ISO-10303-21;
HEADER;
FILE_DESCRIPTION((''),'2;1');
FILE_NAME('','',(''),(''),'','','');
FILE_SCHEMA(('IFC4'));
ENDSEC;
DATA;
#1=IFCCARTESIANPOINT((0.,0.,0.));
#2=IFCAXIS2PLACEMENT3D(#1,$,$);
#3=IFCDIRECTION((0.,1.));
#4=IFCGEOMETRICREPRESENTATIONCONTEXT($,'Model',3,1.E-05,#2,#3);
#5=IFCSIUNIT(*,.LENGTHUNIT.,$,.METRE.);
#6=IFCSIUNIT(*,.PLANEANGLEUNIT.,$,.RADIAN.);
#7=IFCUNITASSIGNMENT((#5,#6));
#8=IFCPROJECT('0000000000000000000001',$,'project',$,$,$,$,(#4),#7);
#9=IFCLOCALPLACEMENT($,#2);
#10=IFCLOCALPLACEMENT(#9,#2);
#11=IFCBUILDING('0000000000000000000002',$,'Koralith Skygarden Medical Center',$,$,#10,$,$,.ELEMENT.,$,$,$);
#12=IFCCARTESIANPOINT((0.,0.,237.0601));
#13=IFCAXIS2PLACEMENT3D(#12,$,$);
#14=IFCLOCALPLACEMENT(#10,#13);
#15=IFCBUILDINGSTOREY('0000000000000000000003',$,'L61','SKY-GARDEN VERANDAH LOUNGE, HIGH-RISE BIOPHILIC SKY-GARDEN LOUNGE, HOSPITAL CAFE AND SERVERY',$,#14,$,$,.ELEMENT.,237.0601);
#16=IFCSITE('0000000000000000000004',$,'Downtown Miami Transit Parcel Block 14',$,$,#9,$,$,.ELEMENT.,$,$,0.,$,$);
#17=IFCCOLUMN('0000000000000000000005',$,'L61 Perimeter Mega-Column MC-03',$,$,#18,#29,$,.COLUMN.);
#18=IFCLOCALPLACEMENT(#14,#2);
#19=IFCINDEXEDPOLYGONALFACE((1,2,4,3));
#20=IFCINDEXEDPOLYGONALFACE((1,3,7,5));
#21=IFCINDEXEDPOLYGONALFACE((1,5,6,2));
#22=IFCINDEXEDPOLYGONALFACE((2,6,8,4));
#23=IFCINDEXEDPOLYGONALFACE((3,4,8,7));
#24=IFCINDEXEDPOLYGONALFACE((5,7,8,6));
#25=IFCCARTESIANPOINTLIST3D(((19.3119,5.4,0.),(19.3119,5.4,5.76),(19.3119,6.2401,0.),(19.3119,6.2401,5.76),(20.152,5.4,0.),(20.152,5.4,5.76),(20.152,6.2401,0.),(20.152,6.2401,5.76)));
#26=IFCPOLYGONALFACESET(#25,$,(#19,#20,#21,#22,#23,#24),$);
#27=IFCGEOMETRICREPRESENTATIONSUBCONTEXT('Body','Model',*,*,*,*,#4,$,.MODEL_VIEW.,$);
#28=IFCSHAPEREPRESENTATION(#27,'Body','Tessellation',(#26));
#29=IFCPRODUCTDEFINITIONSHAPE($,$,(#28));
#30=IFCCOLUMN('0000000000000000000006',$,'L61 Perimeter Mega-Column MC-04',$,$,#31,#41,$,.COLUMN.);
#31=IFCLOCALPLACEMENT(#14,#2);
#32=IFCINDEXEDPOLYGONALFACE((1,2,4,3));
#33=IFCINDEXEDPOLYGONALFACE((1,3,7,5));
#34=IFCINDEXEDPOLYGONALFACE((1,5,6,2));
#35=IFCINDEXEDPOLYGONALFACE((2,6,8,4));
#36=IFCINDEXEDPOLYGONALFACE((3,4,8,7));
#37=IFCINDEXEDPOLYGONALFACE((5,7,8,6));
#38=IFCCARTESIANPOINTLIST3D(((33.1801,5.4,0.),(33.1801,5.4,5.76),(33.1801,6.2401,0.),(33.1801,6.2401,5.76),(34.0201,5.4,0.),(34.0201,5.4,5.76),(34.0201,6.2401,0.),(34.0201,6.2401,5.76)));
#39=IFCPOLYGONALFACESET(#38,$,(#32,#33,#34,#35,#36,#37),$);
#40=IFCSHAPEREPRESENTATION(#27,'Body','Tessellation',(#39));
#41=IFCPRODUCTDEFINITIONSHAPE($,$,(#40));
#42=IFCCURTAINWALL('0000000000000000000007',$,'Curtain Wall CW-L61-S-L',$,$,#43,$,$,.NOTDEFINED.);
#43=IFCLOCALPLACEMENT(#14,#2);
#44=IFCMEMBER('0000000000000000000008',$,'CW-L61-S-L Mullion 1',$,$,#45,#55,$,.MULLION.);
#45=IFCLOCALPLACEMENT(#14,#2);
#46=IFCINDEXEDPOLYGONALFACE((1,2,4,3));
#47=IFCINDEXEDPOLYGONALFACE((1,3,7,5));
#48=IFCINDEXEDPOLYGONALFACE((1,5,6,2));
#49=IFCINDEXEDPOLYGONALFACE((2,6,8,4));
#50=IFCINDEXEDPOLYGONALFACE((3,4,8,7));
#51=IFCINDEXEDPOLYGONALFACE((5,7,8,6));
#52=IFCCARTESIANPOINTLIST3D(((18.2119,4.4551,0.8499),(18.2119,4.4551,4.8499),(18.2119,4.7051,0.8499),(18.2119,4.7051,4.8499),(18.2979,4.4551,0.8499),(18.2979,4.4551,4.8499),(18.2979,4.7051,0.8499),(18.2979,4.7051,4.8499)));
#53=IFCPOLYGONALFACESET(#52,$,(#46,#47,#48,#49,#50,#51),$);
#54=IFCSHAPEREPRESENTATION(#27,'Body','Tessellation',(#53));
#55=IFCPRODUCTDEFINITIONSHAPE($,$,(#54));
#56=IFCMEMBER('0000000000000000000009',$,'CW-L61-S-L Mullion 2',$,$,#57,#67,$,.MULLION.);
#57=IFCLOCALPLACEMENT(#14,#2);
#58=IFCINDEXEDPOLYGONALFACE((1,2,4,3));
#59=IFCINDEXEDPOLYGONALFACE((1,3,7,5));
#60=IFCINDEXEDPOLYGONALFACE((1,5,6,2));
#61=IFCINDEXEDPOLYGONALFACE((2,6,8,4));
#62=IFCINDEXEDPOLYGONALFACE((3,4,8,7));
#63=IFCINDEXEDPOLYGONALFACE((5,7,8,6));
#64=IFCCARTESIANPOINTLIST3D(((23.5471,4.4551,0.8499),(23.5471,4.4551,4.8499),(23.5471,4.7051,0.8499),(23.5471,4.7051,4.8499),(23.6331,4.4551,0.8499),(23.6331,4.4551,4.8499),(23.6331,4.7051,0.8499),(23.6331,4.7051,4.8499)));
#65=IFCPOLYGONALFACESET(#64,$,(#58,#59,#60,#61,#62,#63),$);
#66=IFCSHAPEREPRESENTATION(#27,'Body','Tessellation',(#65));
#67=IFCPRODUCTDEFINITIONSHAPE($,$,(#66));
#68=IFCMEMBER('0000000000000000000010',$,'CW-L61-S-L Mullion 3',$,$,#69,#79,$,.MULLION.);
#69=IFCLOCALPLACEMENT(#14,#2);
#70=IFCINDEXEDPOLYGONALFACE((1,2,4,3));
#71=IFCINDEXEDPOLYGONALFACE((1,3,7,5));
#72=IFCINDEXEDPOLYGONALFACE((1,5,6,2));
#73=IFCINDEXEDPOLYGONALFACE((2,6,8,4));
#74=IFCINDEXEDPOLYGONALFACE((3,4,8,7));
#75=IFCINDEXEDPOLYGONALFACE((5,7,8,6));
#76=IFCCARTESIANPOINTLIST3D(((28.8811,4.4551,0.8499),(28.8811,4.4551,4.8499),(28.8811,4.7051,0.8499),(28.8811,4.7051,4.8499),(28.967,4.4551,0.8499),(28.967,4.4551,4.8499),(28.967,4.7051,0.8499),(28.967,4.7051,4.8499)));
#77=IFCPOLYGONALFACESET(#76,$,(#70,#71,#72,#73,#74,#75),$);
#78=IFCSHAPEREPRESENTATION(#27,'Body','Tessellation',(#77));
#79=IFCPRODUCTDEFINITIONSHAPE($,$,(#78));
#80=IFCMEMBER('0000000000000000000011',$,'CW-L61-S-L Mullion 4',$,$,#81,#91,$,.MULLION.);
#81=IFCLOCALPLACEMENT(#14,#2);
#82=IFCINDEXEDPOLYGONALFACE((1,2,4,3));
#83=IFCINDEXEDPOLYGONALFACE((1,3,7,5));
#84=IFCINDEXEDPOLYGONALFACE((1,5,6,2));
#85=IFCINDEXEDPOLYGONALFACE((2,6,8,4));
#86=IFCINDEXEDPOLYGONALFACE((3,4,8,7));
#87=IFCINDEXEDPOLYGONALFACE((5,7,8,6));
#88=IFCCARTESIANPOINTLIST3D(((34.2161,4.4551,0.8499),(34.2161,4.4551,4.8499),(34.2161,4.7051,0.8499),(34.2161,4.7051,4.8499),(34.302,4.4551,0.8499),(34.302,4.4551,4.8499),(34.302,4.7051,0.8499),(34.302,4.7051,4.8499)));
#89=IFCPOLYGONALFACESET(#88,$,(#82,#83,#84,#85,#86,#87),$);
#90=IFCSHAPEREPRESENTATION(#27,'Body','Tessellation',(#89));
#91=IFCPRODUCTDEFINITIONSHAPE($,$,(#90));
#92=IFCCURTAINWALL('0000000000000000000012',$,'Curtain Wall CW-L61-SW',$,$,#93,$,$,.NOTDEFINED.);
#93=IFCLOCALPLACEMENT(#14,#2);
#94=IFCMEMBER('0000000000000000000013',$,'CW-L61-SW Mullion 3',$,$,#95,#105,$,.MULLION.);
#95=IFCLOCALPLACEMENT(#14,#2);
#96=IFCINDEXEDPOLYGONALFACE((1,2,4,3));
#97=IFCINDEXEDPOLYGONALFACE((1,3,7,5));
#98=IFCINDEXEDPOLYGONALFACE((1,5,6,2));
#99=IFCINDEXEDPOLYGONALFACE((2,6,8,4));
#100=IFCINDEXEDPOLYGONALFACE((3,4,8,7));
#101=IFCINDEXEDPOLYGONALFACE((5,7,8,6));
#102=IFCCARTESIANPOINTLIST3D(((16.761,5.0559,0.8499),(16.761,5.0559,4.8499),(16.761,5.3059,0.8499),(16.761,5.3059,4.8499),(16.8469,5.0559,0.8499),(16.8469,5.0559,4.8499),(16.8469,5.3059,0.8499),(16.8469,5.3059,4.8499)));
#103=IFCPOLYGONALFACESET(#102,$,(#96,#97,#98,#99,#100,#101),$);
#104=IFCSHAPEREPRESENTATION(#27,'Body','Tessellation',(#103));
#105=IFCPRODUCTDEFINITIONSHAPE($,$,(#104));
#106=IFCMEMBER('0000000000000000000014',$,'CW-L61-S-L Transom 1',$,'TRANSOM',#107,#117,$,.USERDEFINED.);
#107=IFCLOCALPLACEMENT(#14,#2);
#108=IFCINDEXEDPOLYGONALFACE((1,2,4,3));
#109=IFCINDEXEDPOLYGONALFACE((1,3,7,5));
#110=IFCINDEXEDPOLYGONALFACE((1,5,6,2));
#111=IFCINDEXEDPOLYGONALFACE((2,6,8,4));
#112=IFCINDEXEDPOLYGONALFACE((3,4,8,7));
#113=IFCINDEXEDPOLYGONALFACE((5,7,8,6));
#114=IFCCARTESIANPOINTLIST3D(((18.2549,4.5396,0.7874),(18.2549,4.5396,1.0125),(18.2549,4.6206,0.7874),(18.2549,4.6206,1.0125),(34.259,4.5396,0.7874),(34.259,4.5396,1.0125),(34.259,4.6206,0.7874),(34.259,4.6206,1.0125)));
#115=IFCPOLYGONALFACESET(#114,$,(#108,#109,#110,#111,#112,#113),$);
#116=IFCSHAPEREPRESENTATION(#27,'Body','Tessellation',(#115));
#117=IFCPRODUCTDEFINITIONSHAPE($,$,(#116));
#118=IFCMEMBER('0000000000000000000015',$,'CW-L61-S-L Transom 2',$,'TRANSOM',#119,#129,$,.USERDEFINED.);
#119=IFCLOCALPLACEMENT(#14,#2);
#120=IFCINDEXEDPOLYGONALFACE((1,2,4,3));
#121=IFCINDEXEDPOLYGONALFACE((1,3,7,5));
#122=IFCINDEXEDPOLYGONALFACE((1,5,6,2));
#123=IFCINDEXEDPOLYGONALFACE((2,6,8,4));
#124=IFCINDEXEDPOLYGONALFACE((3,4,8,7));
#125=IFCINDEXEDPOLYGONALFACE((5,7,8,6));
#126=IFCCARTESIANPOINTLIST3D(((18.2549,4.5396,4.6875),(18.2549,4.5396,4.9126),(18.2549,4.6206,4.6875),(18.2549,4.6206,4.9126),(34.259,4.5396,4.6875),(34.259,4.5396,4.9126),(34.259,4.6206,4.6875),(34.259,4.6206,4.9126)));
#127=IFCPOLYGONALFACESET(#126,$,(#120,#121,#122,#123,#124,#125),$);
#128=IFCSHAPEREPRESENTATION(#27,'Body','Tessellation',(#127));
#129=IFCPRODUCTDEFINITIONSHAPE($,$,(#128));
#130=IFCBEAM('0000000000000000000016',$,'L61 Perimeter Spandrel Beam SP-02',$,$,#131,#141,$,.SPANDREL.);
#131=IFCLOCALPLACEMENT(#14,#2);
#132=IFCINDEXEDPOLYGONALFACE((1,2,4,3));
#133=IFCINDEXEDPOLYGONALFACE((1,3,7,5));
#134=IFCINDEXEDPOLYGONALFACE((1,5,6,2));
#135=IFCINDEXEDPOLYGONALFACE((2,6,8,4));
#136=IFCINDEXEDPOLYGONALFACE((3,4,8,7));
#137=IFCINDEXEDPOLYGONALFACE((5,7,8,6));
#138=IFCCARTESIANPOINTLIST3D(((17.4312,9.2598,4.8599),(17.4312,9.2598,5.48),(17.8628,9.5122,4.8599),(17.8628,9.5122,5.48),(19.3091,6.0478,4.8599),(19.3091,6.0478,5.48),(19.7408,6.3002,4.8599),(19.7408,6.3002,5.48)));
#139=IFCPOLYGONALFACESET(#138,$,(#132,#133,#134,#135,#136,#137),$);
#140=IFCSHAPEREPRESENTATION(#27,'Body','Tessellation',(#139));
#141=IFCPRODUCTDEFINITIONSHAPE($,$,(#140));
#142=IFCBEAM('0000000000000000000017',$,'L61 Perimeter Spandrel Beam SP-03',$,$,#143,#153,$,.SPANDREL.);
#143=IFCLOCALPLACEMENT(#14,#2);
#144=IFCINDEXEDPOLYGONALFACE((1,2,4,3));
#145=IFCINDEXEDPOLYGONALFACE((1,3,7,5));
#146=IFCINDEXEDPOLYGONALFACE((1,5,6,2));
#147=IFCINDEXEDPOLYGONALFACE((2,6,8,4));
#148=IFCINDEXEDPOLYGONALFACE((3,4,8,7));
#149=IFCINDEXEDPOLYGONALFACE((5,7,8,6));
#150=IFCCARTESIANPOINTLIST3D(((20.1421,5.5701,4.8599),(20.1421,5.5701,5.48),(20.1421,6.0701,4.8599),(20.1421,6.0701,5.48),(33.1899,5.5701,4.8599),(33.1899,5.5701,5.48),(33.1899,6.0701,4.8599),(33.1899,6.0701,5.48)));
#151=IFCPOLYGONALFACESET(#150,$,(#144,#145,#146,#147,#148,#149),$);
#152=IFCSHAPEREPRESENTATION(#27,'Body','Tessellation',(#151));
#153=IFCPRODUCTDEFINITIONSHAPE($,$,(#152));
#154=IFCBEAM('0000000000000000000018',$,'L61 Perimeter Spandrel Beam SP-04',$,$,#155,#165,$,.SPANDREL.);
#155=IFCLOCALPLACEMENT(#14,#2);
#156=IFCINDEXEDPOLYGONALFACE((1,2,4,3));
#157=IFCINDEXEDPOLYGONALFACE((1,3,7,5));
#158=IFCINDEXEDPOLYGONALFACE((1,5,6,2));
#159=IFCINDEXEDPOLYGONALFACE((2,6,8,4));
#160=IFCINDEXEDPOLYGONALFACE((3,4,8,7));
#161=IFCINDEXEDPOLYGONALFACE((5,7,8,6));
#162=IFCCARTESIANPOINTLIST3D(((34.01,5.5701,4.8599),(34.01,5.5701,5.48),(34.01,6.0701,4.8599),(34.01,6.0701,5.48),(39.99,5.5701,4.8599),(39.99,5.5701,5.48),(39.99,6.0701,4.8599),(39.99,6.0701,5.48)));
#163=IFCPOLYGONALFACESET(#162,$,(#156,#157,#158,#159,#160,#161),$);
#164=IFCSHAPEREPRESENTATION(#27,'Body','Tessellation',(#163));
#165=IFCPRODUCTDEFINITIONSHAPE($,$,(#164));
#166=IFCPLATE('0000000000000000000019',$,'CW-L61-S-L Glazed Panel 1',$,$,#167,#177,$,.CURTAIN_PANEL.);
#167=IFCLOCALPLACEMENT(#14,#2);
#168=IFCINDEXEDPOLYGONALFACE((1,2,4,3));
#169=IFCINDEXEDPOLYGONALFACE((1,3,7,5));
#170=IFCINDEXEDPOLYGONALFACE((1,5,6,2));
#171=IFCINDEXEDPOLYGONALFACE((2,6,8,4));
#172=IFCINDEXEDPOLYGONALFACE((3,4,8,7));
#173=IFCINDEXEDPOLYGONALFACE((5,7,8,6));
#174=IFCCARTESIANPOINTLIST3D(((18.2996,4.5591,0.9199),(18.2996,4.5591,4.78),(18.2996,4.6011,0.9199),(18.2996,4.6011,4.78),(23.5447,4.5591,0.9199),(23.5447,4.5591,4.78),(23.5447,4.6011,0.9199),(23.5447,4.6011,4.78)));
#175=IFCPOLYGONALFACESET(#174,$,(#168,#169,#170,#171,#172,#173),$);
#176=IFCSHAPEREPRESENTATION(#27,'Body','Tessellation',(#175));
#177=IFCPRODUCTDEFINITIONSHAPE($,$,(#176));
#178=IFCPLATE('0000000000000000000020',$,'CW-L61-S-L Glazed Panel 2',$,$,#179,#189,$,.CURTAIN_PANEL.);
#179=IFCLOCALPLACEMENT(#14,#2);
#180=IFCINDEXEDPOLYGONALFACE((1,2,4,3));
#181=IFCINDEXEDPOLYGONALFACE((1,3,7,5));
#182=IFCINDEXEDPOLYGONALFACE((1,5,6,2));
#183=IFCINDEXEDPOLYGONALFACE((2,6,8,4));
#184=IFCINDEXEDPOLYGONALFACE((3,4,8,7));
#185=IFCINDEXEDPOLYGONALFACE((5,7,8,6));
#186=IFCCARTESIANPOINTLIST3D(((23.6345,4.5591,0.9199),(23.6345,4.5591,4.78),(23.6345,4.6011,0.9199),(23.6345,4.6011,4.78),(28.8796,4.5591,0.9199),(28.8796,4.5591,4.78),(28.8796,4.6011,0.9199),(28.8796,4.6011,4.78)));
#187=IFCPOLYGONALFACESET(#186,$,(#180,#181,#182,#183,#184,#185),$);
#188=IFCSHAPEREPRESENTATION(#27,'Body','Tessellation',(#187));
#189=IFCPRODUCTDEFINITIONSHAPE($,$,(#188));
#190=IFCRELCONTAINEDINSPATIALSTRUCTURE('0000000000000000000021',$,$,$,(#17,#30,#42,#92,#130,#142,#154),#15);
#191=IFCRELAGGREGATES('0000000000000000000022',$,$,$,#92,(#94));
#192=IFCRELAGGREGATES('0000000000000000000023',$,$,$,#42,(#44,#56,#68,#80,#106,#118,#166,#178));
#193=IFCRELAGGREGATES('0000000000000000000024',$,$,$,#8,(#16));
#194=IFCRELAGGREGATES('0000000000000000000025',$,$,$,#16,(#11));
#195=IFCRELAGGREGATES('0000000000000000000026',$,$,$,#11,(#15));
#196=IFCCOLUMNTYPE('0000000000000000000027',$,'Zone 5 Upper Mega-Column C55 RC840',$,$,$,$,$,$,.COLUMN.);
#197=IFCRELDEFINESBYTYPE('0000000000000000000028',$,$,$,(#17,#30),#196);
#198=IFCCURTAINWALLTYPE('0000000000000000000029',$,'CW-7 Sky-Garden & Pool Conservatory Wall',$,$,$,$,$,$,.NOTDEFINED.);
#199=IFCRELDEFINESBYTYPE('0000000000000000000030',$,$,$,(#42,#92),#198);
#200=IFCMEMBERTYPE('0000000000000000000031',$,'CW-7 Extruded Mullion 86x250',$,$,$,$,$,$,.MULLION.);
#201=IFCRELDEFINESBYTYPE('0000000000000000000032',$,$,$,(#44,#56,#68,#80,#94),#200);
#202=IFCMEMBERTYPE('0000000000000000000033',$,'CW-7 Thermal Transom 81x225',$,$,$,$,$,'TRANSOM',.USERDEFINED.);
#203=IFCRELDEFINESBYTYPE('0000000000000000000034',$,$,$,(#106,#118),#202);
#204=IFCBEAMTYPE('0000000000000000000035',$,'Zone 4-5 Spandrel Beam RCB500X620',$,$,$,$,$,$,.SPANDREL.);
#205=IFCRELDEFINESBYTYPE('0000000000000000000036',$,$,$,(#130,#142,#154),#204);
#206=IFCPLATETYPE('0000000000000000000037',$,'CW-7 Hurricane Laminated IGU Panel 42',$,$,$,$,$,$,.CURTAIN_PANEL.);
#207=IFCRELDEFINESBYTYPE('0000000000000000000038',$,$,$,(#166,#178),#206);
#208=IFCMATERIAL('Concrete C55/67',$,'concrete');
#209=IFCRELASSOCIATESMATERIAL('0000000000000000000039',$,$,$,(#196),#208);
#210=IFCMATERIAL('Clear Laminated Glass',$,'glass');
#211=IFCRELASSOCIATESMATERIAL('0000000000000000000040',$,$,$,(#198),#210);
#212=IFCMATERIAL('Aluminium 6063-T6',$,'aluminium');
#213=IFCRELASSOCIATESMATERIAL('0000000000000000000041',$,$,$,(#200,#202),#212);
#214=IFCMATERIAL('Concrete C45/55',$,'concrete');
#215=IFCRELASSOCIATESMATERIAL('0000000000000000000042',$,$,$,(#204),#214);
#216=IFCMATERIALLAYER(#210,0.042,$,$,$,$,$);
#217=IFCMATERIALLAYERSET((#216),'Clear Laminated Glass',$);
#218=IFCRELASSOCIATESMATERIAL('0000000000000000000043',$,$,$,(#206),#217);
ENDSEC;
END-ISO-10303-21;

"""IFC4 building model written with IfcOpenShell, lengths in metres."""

from ifc_helpers import new_model, si_unit, direction, frame, origin, origin_2d, place, context, subcontext, project, spatial, rectangle, extrude, material, layer, layer_set, material_profile, profile_set, type_object, element, aggregate, save


model = new_model("IFC4")

# Units and contexts
model_context = context("Model", 3, precision=1e-05, world=origin(), true_north=direction((0.0, 1.0)))
body_context = subcontext(model_context, "Body", "Model", "MODEL_VIEW")
ifc_project = project(units=[si_unit("LENGTHUNIT", "METRE"), si_unit("PLANEANGLEUNIT", "RADIAN")], contexts=[model_context])

# Site, building, storey
site_placement = place(None, origin())
site = spatial("IfcSite", under=ifc_project, at=site_placement, Name="Downtown Miami Transit Parcel Block 14", CompositionType="ELEMENT", RefElevation=0.0)
building_placement = place(site_placement, origin())
building = spatial("IfcBuilding", under=site, at=building_placement, Name="Koralith Skygarden Medical Center", CompositionType="ELEMENT")
storey_placement = place(building_placement, frame((0.0, 0.0, 237.0601)))
storey = spatial("IfcBuildingStorey", under=building, at=storey_placement, Name="L61", Description="SKY-GARDEN VERANDAH LOUNGE, HIGH-RISE BIOPHILIC SKY-GARDEN LOUNGE, HOSPITAL CAFE AND SERVERY", CompositionType="ELEMENT", Elevation=237.0601)

# Columns
ifc_material_1 = material(Name="Concrete C55/67", Category="concrete")
ifc_material_profile_1 = material_profile(ifc_material_1, rectangle(XDim=0.8401, YDim=0.8401, at=origin_2d()), Name="RC840X840")
ifc_profile_set_1 = profile_set([ifc_material_profile_1], Name="Concrete C55/67")
column_type = type_object("IfcColumnType", Name="Zone 5 Upper Mega-Column C55 RC840", PredefinedType="COLUMN", material=ifc_profile_set_1)
for number, where, z_axis, x_axis, name in (
    (1, (19.7319, 5.8201, 0.0), (0.0, 0.0, 1.0), (1.0, 0.0, 0.0), "L61 Perimeter Mega-Column MC-03"),
    (2, (33.6001, 5.8201, 0.0), (0.0, 0.0, 1.0), (1.0, 0.0, 0.0), "L61 Perimeter Mega-Column MC-04"),
):
    element("IfcColumn", number, at=place(storey_placement, frame(where, z_axis=z_axis, x_axis=x_axis)), inside=storey, type_object=column_type, Name=name, PredefinedType="COLUMN", context=body_context, shape_type="SweptSolid", body=[
        extrude(rectangle(XDim=0.8401, YDim=0.8401, at=origin_2d()), origin(), (0.0, 0.0, 1.0), 5.76),
    ])

# Curtain wall, members
ifc_material_2 = material(Name="Clear Laminated Glass", Category="glass")
curtain_wall_type = type_object("IfcCurtainWallType", Name="CW-7 Sky-Garden & Pool Conservatory Wall", PredefinedType="NOTDEFINED", material=ifc_material_2)
curtain_wall_1_placement = place(storey_placement, origin())
curtain_wall_1 = element("IfcCurtainWall", 3, at=curtain_wall_1_placement, inside=storey, type_object=curtain_wall_type, Name="Curtain Wall CW-L61-S-L", PredefinedType="NOTDEFINED")
ifc_material_3 = material(Name="Aluminium 6063-T6", Category="aluminium")
ifc_material_profile_2 = material_profile(ifc_material_3, rectangle(XDim=0.0859, YDim=0.25, at=origin_2d()), Name="MUL86X250")
ifc_profile_set_2 = profile_set([ifc_material_profile_2], Name="Aluminium 6063-T6")
member_type_1 = type_object("IfcMemberType", Name="CW-7 Extruded Mullion 86x250", PredefinedType="MULLION", material=ifc_profile_set_2)
member_1_placement = place(storey_placement, frame((18.2549, 4.5801, 0.8499), z_axis=(0.0, 0.0, 1.0), x_axis=(1.0, 0.0, 0.0)))
member_1 = element("IfcMember", 4, at=member_1_placement, type_object=member_type_1, Name="CW-L61-S-L Mullion 1", PredefinedType="MULLION", context=body_context, shape_type="SweptSolid", body=[
    extrude(rectangle(XDim=0.0859, YDim=0.25, at=origin_2d()), origin(), (0.0, 0.0, 1.0), 4.0),
])
member_2_placement = place(storey_placement, frame((23.5901, 4.5801, 0.8499), z_axis=(0.0, 0.0, 1.0), x_axis=(1.0, 0.0, 0.0)))
member_2 = element("IfcMember", 5, at=member_2_placement, type_object=member_type_1, Name="CW-L61-S-L Mullion 2", PredefinedType="MULLION", context=body_context, shape_type="SweptSolid", body=[
    extrude(rectangle(XDim=0.0859, YDim=0.25, at=origin_2d()), origin(), (0.0, 0.0, 1.0), 4.0),
])
member_3_placement = place(storey_placement, frame((28.9241, 4.5801, 0.8499), z_axis=(0.0, 0.0, 1.0), x_axis=(1.0, 0.0, 0.0)))
member_3 = element("IfcMember", 6, at=member_3_placement, type_object=member_type_1, Name="CW-L61-S-L Mullion 3", PredefinedType="MULLION", context=body_context, shape_type="SweptSolid", body=[
    extrude(rectangle(XDim=0.0859, YDim=0.25, at=origin_2d()), origin(), (0.0, 0.0, 1.0), 4.0),
])
member_4_placement = place(storey_placement, frame((34.259, 4.5801, 0.8499), z_axis=(0.0, 0.0, 1.0), x_axis=(1.0, 0.0, 0.0)))
member_4 = element("IfcMember", 7, at=member_4_placement, type_object=member_type_1, Name="CW-L61-S-L Mullion 4", PredefinedType="MULLION", context=body_context, shape_type="SweptSolid", body=[
    extrude(rectangle(XDim=0.0859, YDim=0.25, at=origin_2d()), origin(), (0.0, 0.0, 1.0), 4.0),
])

# Curtain wall, member
curtain_wall_2_placement = place(storey_placement, origin())
curtain_wall_2 = element("IfcCurtainWall", 8, at=curtain_wall_2_placement, inside=storey, type_object=curtain_wall_type, Name="Curtain Wall CW-L61-SW", PredefinedType="NOTDEFINED")
member_5_placement = place(storey_placement, frame((16.804, 5.1809, 0.8499), z_axis=(0.0, 0.0, 1.0), x_axis=(1.0, 0.0, 0.0)))
member_5 = element("IfcMember", 9, at=member_5_placement, type_object=member_type_1, Name="CW-L61-SW Mullion 3", PredefinedType="MULLION", context=body_context, shape_type="SweptSolid", body=[
    extrude(rectangle(XDim=0.0859, YDim=0.25, at=origin_2d()), origin(), (0.0, 0.0, 1.0), 4.0),
])
aggregate(curtain_wall_2, [member_5])

# Members
ifc_material_profile_3 = material_profile(ifc_material_3, rectangle(XDim=0.0811, YDim=0.2251, at=origin_2d()), Name="TRN81X225")
ifc_profile_set_3 = profile_set([ifc_material_profile_3], Name="Aluminium 6063-T6")
member_type_2 = type_object("IfcMemberType", Name="CW-7 Thermal Transom 81x225", ElementType="TRANSOM", PredefinedType="USERDEFINED", material=ifc_profile_set_3)
member_6_placement = place(storey_placement, frame((18.2549, 4.5801, 0.8999), z_axis=(1.0, 0.0, 0.0), x_axis=(0.0, 1.0, 0.0)))
member_6 = element("IfcMember", 10, at=member_6_placement, type_object=member_type_2, Name="CW-L61-S-L Transom 1", ObjectType="TRANSOM", PredefinedType="USERDEFINED", context=body_context, shape_type="SweptSolid", body=[
    extrude(rectangle(XDim=0.0811, YDim=0.2251, at=origin_2d()), origin(), (0.0, 0.0, 1.0), 16.0042),
])
member_7_placement = place(storey_placement, frame((18.2549, 4.5801, 4.8), z_axis=(1.0, 0.0, 0.0), x_axis=(0.0, 1.0, 0.0)))
member_7 = element("IfcMember", 11, at=member_7_placement, type_object=member_type_2, Name="CW-L61-S-L Transom 2", ObjectType="TRANSOM", PredefinedType="USERDEFINED", context=body_context, shape_type="SweptSolid", body=[
    extrude(rectangle(XDim=0.0811, YDim=0.2251, at=origin_2d()), origin(), (0.0, 0.0, 1.0), 16.0042),
])

# Beams
ifc_material_4 = material(Name="Concrete C45/55", Category="concrete")
ifc_material_profile_4 = material_profile(ifc_material_4, rectangle(XDim=0.5, YDim=0.6201, at=origin_2d()), Name="RCB500X620")
ifc_profile_set_4 = profile_set([ifc_material_profile_4], Name="Concrete C45/55")
beam_type = type_object("IfcBeamType", Name="Zone 4-5 Spandrel Beam RCB500X620", PredefinedType="SPANDREL", material=ifc_profile_set_4)
beam_1_placement = place(storey_placement, frame((17.647, 9.386, 5.1699), z_axis=(0.504736, -0.863274, 0.0), x_axis=(0.863274, 0.504736, 0.0)))
element("IfcBeam", 12, at=beam_1_placement, inside=storey, type_object=beam_type, Name="L61 Perimeter Spandrel Beam SP-02", PredefinedType="SPANDREL", context=body_context, shape_type="SweptSolid", body=[
    extrude(rectangle(XDim=0.5, YDim=0.6201, at=origin_2d()), origin(), (0.0, 0.0, 1.0), 3.7207),
])
beam_2_placement = place(storey_placement, frame((20.1421, 5.8201, 5.1699), z_axis=(1.0, 0.0, 0.0), x_axis=(0.0, 1.0, 0.0)))
element("IfcBeam", 13, at=beam_2_placement, inside=storey, type_object=beam_type, Name="L61 Perimeter Spandrel Beam SP-03", PredefinedType="SPANDREL", context=body_context, shape_type="SweptSolid", body=[
    extrude(rectangle(XDim=0.5, YDim=0.6201, at=origin_2d()), origin(), (0.0, 0.0, 1.0), 13.0479),
])
beam_3_placement = place(storey_placement, frame((34.01, 5.8201, 5.1699), z_axis=(1.0, 0.0, 0.0), x_axis=(0.0, 1.0, 0.0)))
element("IfcBeam", 14, at=beam_3_placement, inside=storey, type_object=beam_type, Name="L61 Perimeter Spandrel Beam SP-04", PredefinedType="SPANDREL", context=body_context, shape_type="SweptSolid", body=[
    extrude(rectangle(XDim=0.5, YDim=0.6201, at=origin_2d()), origin(), (0.0, 0.0, 1.0), 5.98),
])

# Plates
ifc_layer_1 = layer(ifc_material_2, 0.042)
ifc_layer_set_1 = layer_set([ifc_layer_1], Name="Clear Laminated Glass")
plate_type_1 = type_object("IfcPlateType", Name="CW-7 Hurricane Laminated IGU Panel 42", PredefinedType="CURTAIN_PANEL", material=ifc_layer_set_1)
plate_1_placement = place(storey_placement, frame((20.9221, 4.5801, 0.9199), z_axis=(0.0, 0.0, 1.0), x_axis=(1.0, 0.0, 0.0)))
plate_1 = element("IfcPlate", 15, at=plate_1_placement, type_object=plate_type_1, Name="CW-L61-S-L Glazed Panel 1", PredefinedType="CURTAIN_PANEL", context=body_context, shape_type="SweptSolid", body=[
    extrude(rectangle(XDim=5.2451, YDim=0.042, at=origin_2d()), origin(), (0.0, 0.0, 1.0), 3.8601),
])
plate_2_placement = place(storey_placement, frame((26.2571, 4.5801, 0.9199), z_axis=(0.0, 0.0, 1.0), x_axis=(1.0, 0.0, 0.0)))
plate_2 = element("IfcPlate", 16, at=plate_2_placement, type_object=plate_type_1, Name="CW-L61-S-L Glazed Panel 2", PredefinedType="CURTAIN_PANEL", context=body_context, shape_type="SweptSolid", body=[
    extrude(rectangle(XDim=5.2451, YDim=0.042, at=origin_2d()), origin(), (0.0, 0.0, 1.0), 3.8601),
])
aggregate(curtain_wall_1, [member_1, member_2, member_3, member_4, member_6, member_7, plate_1, plate_2])

save(model, "model.ifc")
